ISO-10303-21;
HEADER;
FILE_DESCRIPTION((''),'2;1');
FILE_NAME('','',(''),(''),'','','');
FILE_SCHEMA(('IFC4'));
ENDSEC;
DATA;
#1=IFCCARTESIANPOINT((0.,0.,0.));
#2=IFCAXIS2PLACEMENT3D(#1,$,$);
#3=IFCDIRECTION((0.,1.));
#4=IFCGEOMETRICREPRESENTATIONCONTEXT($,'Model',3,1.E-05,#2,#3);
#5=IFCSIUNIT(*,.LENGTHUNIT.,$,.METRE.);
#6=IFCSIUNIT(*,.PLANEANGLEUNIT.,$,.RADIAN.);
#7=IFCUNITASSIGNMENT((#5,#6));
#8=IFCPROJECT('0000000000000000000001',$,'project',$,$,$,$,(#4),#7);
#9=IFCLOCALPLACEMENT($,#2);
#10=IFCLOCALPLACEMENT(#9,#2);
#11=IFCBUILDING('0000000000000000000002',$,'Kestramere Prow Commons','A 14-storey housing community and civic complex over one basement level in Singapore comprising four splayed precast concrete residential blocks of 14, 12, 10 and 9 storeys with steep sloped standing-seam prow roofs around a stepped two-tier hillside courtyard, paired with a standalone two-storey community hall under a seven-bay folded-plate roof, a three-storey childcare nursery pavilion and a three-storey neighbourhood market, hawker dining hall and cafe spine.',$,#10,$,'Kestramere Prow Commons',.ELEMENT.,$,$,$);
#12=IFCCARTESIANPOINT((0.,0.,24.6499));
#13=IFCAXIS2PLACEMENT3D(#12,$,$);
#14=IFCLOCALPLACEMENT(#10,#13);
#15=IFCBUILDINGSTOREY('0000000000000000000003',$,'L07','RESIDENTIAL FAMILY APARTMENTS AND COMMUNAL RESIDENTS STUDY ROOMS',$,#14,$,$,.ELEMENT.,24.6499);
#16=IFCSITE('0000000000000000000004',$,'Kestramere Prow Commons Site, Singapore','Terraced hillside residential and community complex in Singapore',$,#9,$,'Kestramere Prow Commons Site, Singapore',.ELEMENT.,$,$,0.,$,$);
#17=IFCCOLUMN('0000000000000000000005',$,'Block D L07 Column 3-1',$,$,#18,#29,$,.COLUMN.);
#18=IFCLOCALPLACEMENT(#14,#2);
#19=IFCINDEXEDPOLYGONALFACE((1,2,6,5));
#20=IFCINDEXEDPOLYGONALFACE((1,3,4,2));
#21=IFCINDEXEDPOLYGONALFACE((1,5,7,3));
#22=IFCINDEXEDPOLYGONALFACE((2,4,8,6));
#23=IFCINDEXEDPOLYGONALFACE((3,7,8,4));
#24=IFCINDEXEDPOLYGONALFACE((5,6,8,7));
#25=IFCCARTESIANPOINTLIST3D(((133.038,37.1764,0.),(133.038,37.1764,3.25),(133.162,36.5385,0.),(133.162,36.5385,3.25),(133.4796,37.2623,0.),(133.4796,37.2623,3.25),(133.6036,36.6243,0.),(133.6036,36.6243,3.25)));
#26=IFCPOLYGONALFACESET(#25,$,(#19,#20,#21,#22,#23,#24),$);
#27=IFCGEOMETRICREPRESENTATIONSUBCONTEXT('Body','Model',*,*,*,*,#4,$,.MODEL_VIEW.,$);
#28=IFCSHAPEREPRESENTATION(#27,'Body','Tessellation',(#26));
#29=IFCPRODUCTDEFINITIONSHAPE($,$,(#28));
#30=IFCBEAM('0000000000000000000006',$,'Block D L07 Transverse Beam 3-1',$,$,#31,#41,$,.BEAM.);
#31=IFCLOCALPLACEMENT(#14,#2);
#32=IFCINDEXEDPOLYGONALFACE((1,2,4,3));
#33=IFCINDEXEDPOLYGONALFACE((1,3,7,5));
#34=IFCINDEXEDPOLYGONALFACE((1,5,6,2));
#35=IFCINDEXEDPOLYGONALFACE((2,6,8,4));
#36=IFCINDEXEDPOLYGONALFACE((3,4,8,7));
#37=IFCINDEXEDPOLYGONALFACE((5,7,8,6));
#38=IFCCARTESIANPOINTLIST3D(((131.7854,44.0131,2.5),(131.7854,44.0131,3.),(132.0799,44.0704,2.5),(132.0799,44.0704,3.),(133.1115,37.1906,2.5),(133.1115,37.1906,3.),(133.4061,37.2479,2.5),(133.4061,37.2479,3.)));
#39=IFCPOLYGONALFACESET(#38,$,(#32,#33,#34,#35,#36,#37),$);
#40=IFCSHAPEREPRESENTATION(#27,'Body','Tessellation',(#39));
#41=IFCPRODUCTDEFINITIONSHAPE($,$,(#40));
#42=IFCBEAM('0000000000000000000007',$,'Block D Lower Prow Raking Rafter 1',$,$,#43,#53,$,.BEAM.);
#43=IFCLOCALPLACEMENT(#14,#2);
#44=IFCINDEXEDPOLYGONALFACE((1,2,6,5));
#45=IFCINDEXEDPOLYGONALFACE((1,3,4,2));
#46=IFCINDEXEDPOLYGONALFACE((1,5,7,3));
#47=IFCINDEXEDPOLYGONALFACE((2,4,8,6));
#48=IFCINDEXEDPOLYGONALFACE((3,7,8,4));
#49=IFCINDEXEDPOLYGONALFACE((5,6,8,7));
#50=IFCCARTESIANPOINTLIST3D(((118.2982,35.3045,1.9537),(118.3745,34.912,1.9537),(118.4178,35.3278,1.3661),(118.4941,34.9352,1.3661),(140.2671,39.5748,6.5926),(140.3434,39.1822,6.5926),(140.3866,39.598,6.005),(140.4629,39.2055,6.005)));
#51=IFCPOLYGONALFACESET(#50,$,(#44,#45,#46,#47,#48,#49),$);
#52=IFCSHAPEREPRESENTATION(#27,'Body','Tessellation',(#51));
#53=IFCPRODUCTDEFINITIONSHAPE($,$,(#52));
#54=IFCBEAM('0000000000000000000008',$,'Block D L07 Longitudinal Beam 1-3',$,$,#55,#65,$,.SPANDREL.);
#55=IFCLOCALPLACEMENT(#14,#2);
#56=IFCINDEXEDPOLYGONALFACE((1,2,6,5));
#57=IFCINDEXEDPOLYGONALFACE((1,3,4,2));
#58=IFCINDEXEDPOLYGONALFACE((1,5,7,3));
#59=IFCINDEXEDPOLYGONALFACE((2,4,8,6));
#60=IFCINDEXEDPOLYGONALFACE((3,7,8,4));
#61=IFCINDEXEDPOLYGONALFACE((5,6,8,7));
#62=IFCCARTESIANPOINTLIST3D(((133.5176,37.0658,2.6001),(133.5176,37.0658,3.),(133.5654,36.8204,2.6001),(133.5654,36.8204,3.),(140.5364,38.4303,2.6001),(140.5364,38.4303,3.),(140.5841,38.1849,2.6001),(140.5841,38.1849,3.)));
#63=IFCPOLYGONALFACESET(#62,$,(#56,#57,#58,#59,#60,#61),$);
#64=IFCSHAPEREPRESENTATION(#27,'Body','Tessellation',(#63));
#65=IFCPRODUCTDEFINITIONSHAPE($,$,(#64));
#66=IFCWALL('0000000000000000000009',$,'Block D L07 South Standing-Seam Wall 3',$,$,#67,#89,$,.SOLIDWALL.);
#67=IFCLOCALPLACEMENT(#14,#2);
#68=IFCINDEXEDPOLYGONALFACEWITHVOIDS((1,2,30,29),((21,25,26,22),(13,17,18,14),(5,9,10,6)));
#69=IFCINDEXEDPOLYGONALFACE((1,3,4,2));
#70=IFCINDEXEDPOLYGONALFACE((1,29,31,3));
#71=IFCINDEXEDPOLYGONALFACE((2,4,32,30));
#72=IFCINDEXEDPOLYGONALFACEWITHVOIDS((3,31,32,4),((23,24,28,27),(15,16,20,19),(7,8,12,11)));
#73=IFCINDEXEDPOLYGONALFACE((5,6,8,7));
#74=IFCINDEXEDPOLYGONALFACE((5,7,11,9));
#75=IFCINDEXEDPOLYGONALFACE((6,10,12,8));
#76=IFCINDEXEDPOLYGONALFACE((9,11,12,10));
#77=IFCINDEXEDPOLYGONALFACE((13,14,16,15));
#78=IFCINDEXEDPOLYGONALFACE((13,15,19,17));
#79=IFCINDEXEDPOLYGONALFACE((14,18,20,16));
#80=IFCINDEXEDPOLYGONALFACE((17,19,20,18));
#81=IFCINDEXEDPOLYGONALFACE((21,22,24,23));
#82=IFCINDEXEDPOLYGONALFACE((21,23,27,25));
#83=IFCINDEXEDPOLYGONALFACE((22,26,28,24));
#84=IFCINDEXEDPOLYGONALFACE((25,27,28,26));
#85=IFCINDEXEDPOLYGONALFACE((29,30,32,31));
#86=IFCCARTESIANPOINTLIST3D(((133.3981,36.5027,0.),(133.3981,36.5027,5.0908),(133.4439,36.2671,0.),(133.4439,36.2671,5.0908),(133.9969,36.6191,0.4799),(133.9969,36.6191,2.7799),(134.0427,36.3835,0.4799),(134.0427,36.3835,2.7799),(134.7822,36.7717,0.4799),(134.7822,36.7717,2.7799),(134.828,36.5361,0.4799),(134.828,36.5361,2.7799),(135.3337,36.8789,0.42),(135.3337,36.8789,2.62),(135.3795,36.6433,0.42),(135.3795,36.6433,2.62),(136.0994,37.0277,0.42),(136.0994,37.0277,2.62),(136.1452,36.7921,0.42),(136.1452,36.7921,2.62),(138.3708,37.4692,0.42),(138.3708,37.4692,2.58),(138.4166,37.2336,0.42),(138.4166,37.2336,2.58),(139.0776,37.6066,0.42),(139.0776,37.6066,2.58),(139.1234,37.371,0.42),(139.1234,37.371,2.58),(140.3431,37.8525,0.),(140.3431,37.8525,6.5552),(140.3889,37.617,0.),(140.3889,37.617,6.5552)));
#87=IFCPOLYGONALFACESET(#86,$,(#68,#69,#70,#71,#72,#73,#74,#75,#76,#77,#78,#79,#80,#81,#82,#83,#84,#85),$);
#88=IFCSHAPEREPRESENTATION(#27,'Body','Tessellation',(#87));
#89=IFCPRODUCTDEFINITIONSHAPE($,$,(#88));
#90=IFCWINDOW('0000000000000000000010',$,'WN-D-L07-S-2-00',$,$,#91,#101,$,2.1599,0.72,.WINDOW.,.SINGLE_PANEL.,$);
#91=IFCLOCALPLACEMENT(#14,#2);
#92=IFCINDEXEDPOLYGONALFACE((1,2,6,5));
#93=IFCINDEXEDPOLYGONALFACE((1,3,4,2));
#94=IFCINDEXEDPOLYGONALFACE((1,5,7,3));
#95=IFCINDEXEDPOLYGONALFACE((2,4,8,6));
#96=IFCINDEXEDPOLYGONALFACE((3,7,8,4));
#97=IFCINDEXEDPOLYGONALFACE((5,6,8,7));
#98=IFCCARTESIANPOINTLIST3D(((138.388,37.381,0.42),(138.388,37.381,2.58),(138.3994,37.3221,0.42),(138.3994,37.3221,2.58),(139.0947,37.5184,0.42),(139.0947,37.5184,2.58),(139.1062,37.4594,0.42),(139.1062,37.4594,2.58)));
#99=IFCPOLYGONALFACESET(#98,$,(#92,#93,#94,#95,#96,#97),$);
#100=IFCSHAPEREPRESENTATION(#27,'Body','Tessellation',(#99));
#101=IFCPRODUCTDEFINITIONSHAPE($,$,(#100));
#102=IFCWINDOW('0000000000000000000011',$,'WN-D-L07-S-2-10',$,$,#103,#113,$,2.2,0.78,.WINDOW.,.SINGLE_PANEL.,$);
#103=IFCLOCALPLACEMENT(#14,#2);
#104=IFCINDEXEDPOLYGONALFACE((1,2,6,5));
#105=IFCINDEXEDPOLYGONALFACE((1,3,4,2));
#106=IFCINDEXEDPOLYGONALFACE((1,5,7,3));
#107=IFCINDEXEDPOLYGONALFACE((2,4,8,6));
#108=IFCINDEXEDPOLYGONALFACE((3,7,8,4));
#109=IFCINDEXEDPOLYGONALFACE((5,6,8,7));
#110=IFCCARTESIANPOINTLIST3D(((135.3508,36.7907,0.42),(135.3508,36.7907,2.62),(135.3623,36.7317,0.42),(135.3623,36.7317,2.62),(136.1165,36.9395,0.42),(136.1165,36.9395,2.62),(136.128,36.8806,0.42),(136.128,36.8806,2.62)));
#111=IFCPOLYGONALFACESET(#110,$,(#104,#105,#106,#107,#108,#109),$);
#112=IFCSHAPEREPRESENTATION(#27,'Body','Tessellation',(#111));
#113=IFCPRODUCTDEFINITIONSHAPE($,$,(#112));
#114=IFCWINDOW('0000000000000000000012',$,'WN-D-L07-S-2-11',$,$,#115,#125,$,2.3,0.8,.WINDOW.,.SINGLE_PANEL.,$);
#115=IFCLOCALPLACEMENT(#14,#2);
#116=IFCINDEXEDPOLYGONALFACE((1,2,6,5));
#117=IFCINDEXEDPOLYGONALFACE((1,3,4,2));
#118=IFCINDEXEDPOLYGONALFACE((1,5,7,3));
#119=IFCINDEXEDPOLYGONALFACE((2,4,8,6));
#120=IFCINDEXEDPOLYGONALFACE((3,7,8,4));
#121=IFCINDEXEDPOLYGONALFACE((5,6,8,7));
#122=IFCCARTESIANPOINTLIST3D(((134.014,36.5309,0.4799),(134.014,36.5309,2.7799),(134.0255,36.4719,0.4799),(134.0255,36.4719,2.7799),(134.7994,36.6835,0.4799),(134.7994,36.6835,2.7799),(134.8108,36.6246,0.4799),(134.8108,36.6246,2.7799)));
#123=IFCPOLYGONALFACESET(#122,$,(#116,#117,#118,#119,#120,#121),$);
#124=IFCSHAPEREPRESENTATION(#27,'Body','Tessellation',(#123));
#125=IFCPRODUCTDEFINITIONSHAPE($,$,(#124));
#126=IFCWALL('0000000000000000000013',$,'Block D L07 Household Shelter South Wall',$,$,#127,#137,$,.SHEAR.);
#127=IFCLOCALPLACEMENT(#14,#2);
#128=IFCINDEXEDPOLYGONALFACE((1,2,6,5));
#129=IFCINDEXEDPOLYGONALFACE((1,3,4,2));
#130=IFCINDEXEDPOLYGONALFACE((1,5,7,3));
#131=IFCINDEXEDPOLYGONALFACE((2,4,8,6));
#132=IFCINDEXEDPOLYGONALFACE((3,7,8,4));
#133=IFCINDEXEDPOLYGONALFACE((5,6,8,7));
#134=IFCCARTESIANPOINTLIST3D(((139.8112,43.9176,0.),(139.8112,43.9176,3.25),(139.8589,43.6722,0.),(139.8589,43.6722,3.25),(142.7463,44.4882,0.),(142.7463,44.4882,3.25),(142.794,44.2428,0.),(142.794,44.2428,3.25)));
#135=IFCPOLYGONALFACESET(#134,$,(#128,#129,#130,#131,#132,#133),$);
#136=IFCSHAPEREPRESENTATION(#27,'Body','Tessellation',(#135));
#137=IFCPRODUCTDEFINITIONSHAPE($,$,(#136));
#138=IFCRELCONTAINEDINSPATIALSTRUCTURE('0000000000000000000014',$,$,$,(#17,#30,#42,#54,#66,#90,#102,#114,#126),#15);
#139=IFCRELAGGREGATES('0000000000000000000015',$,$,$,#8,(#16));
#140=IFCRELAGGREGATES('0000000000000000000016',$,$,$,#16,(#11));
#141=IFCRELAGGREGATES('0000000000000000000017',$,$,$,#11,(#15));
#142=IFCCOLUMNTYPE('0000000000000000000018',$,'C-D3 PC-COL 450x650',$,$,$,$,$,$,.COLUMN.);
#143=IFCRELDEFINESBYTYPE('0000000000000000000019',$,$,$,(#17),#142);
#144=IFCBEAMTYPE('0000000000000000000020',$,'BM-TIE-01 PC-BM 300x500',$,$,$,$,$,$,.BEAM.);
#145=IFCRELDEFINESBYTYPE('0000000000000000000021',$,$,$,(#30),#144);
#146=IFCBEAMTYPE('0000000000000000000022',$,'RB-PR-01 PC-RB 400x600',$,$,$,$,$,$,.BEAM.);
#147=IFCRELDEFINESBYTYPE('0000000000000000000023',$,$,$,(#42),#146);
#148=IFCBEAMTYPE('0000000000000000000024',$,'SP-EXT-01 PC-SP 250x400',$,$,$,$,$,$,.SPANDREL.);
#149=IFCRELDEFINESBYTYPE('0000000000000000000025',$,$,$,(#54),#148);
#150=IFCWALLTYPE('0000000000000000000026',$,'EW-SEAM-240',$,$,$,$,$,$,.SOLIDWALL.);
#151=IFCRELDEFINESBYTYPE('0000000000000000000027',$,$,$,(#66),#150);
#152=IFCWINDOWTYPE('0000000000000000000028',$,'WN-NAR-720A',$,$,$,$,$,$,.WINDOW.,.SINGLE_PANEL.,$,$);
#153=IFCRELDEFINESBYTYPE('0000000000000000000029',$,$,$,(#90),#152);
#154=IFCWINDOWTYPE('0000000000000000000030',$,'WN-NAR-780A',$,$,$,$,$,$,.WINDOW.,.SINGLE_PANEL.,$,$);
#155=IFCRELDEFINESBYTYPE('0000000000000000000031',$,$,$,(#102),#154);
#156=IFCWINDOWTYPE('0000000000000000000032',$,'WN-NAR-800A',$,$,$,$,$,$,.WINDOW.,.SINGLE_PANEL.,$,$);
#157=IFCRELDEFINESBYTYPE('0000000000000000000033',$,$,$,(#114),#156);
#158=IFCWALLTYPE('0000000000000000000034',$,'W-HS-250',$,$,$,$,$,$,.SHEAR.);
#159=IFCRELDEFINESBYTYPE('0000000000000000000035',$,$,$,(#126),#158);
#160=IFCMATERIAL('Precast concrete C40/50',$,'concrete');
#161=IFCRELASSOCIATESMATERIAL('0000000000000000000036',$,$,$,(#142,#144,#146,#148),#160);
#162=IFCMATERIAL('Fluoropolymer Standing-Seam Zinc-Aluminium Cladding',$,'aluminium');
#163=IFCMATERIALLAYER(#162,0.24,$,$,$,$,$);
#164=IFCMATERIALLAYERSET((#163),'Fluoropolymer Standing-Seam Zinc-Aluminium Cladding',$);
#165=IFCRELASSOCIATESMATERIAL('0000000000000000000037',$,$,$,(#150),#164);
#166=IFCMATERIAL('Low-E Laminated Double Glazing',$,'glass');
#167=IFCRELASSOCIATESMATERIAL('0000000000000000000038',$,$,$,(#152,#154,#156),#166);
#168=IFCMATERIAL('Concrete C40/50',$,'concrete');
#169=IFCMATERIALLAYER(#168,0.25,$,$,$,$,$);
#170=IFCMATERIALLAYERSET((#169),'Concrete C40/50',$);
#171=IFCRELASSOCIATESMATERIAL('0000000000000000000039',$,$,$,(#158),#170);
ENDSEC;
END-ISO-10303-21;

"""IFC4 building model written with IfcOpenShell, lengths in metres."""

from ifc_helpers import new_model, si_unit, direction, frame, frame_2d, origin, origin_2d, place, context, subcontext, project, spatial, polyline, rectangle, outline, extrude, material, layer, layer_set, material_profile, profile_set, type_object, element, fill, save


model = new_model("IFC4")

# Units and contexts
model_context = context("Model", 3, precision=1e-05, world=origin(), true_north=direction((0.0, 1.0)))
body_context = subcontext(model_context, "Body", "Model", "MODEL_VIEW")
ifc_project = project(units=[si_unit("LENGTHUNIT", "METRE"), si_unit("PLANEANGLEUNIT", "RADIAN")], contexts=[model_context])

# Site, building, storey
site_placement = place(None, origin())
site = spatial("IfcSite", under=ifc_project, at=site_placement, Name="Kestramere Prow Commons Site, Singapore", Description="Terraced hillside residential and community complex in Singapore", LongName="Kestramere Prow Commons Site, Singapore", CompositionType="ELEMENT", RefElevation=0.0)
building_placement = place(site_placement, origin())
building = spatial("IfcBuilding", under=site, at=building_placement, Name="Kestramere Prow Commons", Description="A 14-storey housing community and civic complex over one basement level in Singapore comprising four splayed precast concrete residential blocks of 14, 12, 10 and 9 storeys with steep sloped standing-seam prow roofs around a stepped two-tier hillside courtyard, paired with a standalone two-storey community hall under a seven-bay folded-plate roof, a three-storey childcare nursery pavilion and a three-storey neighbourhood market, hawker dining hall and cafe spine.", LongName="Kestramere Prow Commons", CompositionType="ELEMENT")
storey_placement = place(building_placement, frame((0.0, 0.0, 24.6499)))
storey = spatial("IfcBuildingStorey", under=building, at=storey_placement, Name="L07", Description="RESIDENTIAL FAMILY APARTMENTS AND COMMUNAL RESIDENTS STUDY ROOMS", CompositionType="ELEMENT", Elevation=24.6499)

# Column
ifc_material_1 = material(Name="Precast concrete C40/50", Category="concrete")
ifc_material_profile_1 = material_profile(ifc_material_1, rectangle(XDim=0.45, YDim=0.6499, at=origin_2d()), Name="PC-COL 450x650")
ifc_profile_set_1 = profile_set([ifc_material_profile_1], Name="Precast concrete C40/50")
column_type = type_object("IfcColumnType", Name="C-D3 PC-COL 450x650", PredefinedType="COLUMN", material=ifc_profile_set_1)
column_placement = place(storey_placement, frame((133.3208, 36.9004, 0.0), z_axis=(0.0, 0.0, 1.0), x_axis=(0.981627, 0.190809, 0.0)))
element("IfcColumn", 1, at=column_placement, inside=storey, type_object=column_type, Name="Block D L07 Column 3-1", PredefinedType="COLUMN", context=body_context, shape_type="SweptSolid", body=[
    extrude(rectangle(XDim=0.45, YDim=0.6499, at=origin_2d()), origin(), (0.0, 0.0, 1.0), 3.25),
])

# Beams
ifc_material_profile_2 = material_profile(ifc_material_1, rectangle(XDim=0.3, YDim=0.5, at=origin_2d()), Name="PC-BM 300x500")
ifc_profile_set_2 = profile_set([ifc_material_profile_2], Name="Precast concrete C40/50")
beam_type_1 = type_object("IfcBeamType", Name="BM-TIE-01 PC-BM 300x500", PredefinedType="BEAM", material=ifc_profile_set_2)
beam_1_placement = place(storey_placement, frame((133.2588, 37.2192, 2.75), z_axis=(-0.19081, 0.981627, 0.0), x_axis=(-0.981627, -0.19081, 0.0)))
element("IfcBeam", 2, at=beam_1_placement, inside=storey, type_object=beam_type_1, Name="Block D L07 Transverse Beam 3-1", PredefinedType="BEAM", context=body_context, shape_type="SweptSolid", body=[
    extrude(rectangle(XDim=0.3, YDim=0.5, at=origin_2d()), origin(), (0.0, 0.0, 1.0), 6.9502),
])
ifc_material_profile_3 = material_profile(ifc_material_1, rectangle(XDim=0.3999, YDim=0.6001, at=origin_2d()), Name="PC-RB 400x600")
ifc_profile_set_3 = profile_set([ifc_material_profile_3], Name="Precast concrete C40/50")
beam_type_2 = type_object("IfcBeamType", Name="RB-PR-01 PC-RB 400x600", PredefinedType="BEAM", material=ifc_profile_set_3)
beam_2_placement = place(storey_placement, frame((140.365, 39.3901, 6.2988), z_axis=(-0.961196, -0.186836, -0.202966), x_axis=(0.190808, -0.981627, 0.0)))
element("IfcBeam", 3, at=beam_2_placement, inside=storey, type_object=beam_type_2, Name="Block D Lower Prow Raking Rafter 1", PredefinedType="BEAM", context=body_context, shape_type="SweptSolid", body=[
    extrude(rectangle(XDim=0.3999, YDim=0.6001, at=origin_2d()), origin(), (0.0, 0.0, 1.0), 22.8557),
])
ifc_material_profile_4 = material_profile(ifc_material_1, rectangle(XDim=0.25, YDim=0.3999, at=origin_2d()), Name="PC-SP 250x400")
ifc_profile_set_4 = profile_set([ifc_material_profile_4], Name="Precast concrete C40/50")
beam_type_3 = type_object("IfcBeamType", Name="SP-EXT-01 PC-SP 250x400", PredefinedType="SPANDREL", material=ifc_profile_set_4)
beam_3_placement = place(storey_placement, frame((133.5415, 36.9431, 2.8), z_axis=(0.981622, 0.190834, 0.0), x_axis=(-0.190834, 0.981622, 0.0)))
element("IfcBeam", 4, at=beam_3_placement, inside=storey, type_object=beam_type_3, Name="Block D L07 Longitudinal Beam 1-3", PredefinedType="SPANDREL", context=body_context, shape_type="SweptSolid", body=[
    extrude(rectangle(XDim=0.25, YDim=0.3999, at=origin_2d()), origin(), (0.0, 0.0, 1.0), 7.1501),
])

# Shared definitions
ifc_material_2 = material(Name="Fluoropolymer Standing-Seam Zinc-Aluminium Cladding", Category="aluminium")
ifc_layer_1 = layer(ifc_material_2, 0.24)
ifc_layer_set_1 = layer_set([ifc_layer_1], Name="Fluoropolymer Standing-Seam Zinc-Aluminium Cladding")
wall_type_1 = type_object("IfcWallType", Name="EW-SEAM-240", PredefinedType="SOLIDWALL", material=ifc_layer_set_1)
ifc_material_3 = material(Name="Low-E Laminated Double Glazing", Category="glass")

# Wall, openings, windows
wall_1_placement = place(storey_placement, frame((140.366, 37.7349, 0.0), z_axis=(0.0, 0.0, 1.0), x_axis=(-0.981631, -0.190791, 0.0)))
wall_1 = element("IfcWall", 5, at=wall_1_placement, inside=storey, type_object=wall_type_1, Name="Block D L07 South Standing-Seam Wall 3", PredefinedType="SOLIDWALL", context=body_context, shape_type="SweptSolid", body=[
    extrude(outline(polyline([(0.0, 0.0), (7.075, 0.0), (7.075, 5.0908), (0.0, 6.5552), (0.0, 0.0)])), frame((0.0, 0.1201, 0.0), z_axis=(0.0, -1.0, 0.0), x_axis=(1.0, 0.0, 0.0)), (0.0, 0.0, 1.0), 0.24),
])
opening_1_placement = place(wall_1_placement, frame((1.2893, 0.0, 0.4199)))
opening_1 = element("IfcOpeningElement", 6, at=opening_1_placement, cuts=wall_1, PredefinedType="OPENING", context=body_context, shape_type="SweptSolid", body=[
    extrude(rectangle(XDim=0.72, YDim=2.1599, at=frame_2d((0.3599, 1.0801))), frame((0.0, 0.135, 0.0), z_axis=(0.0, -1.0, 0.0), x_axis=(1.0, 0.0, 0.0)), (0.0, 0.0, 1.0), 0.27),
])
opening_2_placement = place(wall_1_placement, frame((4.323, 0.0, 0.4199)))
opening_2 = element("IfcOpeningElement", 7, at=opening_2_placement, cuts=wall_1, PredefinedType="OPENING", context=body_context, shape_type="SweptSolid", body=[
    extrude(rectangle(XDim=0.78, YDim=2.2, at=frame_2d((0.3901, 1.1001))), frame((0.0, 0.135, 0.0), z_axis=(0.0, -1.0, 0.0), x_axis=(1.0, 0.0, 0.0)), (0.0, 0.0, 1.0), 0.27),
])
opening_3_placement = place(wall_1_placement, frame((5.665, 0.0, 0.48)))
opening_3 = element("IfcOpeningElement", 8, at=opening_3_placement, cuts=wall_1, PredefinedType="OPENING", context=body_context, shape_type="SweptSolid", body=[
    extrude(rectangle(XDim=0.8, YDim=2.3, at=frame_2d((0.3999, 1.1499))), frame((0.0, 0.135, 0.0), z_axis=(0.0, -1.0, 0.0), x_axis=(1.0, 0.0, 0.0)), (0.0, 0.0, 1.0), 0.27),
])
window_type_1 = type_object("IfcWindowType", Name="WN-NAR-720A", PartitioningType="SINGLE_PANEL", PredefinedType="WINDOW", material=ifc_material_3)
window_1_placement = place(opening_1_placement, origin())
window_1 = element("IfcWindow", 9, at=window_1_placement, inside=storey, type_object=window_type_1, Name="WN-D-L07-S-2-00", OverallHeight=2.1599, OverallWidth=0.72, PartitioningType="SINGLE_PANEL", PredefinedType="WINDOW", context=body_context, shape_type="SweptSolid", body=[
    extrude(rectangle(XDim=0.72, YDim=2.1599, at=frame_2d((0.3599, 1.0801))), frame((0.0, 0.03, 0.0), z_axis=(0.0, -1.0, 0.0), x_axis=(1.0, 0.0, 0.0)), (0.0, 0.0, 1.0), 0.0601),
])
fill(opening_1, window_1)
window_type_2 = type_object("IfcWindowType", Name="WN-NAR-780A", PartitioningType="SINGLE_PANEL", PredefinedType="WINDOW", material=ifc_material_3)
window_2_placement = place(opening_2_placement, origin())
window_2 = element("IfcWindow", 10, at=window_2_placement, inside=storey, type_object=window_type_2, Name="WN-D-L07-S-2-10", OverallHeight=2.2, OverallWidth=0.78, PartitioningType="SINGLE_PANEL", PredefinedType="WINDOW", context=body_context, shape_type="SweptSolid", body=[
    extrude(rectangle(XDim=0.78, YDim=2.2, at=frame_2d((0.3901, 1.1001))), frame((0.0, 0.03, 0.0), z_axis=(0.0, -1.0, 0.0), x_axis=(1.0, 0.0, 0.0)), (0.0, 0.0, 1.0), 0.0601),
])
fill(opening_2, window_2)
window_type_3 = type_object("IfcWindowType", Name="WN-NAR-800A", PartitioningType="SINGLE_PANEL", PredefinedType="WINDOW", material=ifc_material_3)
window_3_placement = place(opening_3_placement, origin())
window_3 = element("IfcWindow", 11, at=window_3_placement, inside=storey, type_object=window_type_3, Name="WN-D-L07-S-2-11", OverallHeight=2.3, OverallWidth=0.8, PartitioningType="SINGLE_PANEL", PredefinedType="WINDOW", context=body_context, shape_type="SweptSolid", body=[
    extrude(rectangle(XDim=0.8, YDim=2.3, at=frame_2d((0.3999, 1.1499))), frame((0.0, 0.03, 0.0), z_axis=(0.0, -1.0, 0.0), x_axis=(1.0, 0.0, 0.0)), (0.0, 0.0, 1.0), 0.0601),
])
fill(opening_3, window_3)

# Wall
ifc_material_4 = material(Name="Concrete C40/50", Category="concrete")
ifc_layer_2 = layer(ifc_material_4, 0.25)
ifc_layer_set_2 = layer_set([ifc_layer_2], Name="Concrete C40/50")
wall_type_2 = type_object("IfcWallType", Name="W-HS-250", PredefinedType="SHEAR", material=ifc_layer_set_2)
wall_2_placement = place(storey_placement, frame((139.835, 43.7949, 0.0), z_axis=(0.0, 0.0, 1.0), x_axis=(0.981625, 0.190822, 0.0)))
element("IfcWall", 12, at=wall_2_placement, inside=storey, type_object=wall_type_2, Name="Block D L07 Household Shelter South Wall", PredefinedType="SHEAR", context=body_context, shape_type="SweptSolid", body=[
    extrude(rectangle(XDim=2.99, YDim=0.25, at=frame_2d((1.4951, 0.0))), origin(), (0.0, 0.0, 1.0), 3.25),
])

save(model, "model.ifc")
